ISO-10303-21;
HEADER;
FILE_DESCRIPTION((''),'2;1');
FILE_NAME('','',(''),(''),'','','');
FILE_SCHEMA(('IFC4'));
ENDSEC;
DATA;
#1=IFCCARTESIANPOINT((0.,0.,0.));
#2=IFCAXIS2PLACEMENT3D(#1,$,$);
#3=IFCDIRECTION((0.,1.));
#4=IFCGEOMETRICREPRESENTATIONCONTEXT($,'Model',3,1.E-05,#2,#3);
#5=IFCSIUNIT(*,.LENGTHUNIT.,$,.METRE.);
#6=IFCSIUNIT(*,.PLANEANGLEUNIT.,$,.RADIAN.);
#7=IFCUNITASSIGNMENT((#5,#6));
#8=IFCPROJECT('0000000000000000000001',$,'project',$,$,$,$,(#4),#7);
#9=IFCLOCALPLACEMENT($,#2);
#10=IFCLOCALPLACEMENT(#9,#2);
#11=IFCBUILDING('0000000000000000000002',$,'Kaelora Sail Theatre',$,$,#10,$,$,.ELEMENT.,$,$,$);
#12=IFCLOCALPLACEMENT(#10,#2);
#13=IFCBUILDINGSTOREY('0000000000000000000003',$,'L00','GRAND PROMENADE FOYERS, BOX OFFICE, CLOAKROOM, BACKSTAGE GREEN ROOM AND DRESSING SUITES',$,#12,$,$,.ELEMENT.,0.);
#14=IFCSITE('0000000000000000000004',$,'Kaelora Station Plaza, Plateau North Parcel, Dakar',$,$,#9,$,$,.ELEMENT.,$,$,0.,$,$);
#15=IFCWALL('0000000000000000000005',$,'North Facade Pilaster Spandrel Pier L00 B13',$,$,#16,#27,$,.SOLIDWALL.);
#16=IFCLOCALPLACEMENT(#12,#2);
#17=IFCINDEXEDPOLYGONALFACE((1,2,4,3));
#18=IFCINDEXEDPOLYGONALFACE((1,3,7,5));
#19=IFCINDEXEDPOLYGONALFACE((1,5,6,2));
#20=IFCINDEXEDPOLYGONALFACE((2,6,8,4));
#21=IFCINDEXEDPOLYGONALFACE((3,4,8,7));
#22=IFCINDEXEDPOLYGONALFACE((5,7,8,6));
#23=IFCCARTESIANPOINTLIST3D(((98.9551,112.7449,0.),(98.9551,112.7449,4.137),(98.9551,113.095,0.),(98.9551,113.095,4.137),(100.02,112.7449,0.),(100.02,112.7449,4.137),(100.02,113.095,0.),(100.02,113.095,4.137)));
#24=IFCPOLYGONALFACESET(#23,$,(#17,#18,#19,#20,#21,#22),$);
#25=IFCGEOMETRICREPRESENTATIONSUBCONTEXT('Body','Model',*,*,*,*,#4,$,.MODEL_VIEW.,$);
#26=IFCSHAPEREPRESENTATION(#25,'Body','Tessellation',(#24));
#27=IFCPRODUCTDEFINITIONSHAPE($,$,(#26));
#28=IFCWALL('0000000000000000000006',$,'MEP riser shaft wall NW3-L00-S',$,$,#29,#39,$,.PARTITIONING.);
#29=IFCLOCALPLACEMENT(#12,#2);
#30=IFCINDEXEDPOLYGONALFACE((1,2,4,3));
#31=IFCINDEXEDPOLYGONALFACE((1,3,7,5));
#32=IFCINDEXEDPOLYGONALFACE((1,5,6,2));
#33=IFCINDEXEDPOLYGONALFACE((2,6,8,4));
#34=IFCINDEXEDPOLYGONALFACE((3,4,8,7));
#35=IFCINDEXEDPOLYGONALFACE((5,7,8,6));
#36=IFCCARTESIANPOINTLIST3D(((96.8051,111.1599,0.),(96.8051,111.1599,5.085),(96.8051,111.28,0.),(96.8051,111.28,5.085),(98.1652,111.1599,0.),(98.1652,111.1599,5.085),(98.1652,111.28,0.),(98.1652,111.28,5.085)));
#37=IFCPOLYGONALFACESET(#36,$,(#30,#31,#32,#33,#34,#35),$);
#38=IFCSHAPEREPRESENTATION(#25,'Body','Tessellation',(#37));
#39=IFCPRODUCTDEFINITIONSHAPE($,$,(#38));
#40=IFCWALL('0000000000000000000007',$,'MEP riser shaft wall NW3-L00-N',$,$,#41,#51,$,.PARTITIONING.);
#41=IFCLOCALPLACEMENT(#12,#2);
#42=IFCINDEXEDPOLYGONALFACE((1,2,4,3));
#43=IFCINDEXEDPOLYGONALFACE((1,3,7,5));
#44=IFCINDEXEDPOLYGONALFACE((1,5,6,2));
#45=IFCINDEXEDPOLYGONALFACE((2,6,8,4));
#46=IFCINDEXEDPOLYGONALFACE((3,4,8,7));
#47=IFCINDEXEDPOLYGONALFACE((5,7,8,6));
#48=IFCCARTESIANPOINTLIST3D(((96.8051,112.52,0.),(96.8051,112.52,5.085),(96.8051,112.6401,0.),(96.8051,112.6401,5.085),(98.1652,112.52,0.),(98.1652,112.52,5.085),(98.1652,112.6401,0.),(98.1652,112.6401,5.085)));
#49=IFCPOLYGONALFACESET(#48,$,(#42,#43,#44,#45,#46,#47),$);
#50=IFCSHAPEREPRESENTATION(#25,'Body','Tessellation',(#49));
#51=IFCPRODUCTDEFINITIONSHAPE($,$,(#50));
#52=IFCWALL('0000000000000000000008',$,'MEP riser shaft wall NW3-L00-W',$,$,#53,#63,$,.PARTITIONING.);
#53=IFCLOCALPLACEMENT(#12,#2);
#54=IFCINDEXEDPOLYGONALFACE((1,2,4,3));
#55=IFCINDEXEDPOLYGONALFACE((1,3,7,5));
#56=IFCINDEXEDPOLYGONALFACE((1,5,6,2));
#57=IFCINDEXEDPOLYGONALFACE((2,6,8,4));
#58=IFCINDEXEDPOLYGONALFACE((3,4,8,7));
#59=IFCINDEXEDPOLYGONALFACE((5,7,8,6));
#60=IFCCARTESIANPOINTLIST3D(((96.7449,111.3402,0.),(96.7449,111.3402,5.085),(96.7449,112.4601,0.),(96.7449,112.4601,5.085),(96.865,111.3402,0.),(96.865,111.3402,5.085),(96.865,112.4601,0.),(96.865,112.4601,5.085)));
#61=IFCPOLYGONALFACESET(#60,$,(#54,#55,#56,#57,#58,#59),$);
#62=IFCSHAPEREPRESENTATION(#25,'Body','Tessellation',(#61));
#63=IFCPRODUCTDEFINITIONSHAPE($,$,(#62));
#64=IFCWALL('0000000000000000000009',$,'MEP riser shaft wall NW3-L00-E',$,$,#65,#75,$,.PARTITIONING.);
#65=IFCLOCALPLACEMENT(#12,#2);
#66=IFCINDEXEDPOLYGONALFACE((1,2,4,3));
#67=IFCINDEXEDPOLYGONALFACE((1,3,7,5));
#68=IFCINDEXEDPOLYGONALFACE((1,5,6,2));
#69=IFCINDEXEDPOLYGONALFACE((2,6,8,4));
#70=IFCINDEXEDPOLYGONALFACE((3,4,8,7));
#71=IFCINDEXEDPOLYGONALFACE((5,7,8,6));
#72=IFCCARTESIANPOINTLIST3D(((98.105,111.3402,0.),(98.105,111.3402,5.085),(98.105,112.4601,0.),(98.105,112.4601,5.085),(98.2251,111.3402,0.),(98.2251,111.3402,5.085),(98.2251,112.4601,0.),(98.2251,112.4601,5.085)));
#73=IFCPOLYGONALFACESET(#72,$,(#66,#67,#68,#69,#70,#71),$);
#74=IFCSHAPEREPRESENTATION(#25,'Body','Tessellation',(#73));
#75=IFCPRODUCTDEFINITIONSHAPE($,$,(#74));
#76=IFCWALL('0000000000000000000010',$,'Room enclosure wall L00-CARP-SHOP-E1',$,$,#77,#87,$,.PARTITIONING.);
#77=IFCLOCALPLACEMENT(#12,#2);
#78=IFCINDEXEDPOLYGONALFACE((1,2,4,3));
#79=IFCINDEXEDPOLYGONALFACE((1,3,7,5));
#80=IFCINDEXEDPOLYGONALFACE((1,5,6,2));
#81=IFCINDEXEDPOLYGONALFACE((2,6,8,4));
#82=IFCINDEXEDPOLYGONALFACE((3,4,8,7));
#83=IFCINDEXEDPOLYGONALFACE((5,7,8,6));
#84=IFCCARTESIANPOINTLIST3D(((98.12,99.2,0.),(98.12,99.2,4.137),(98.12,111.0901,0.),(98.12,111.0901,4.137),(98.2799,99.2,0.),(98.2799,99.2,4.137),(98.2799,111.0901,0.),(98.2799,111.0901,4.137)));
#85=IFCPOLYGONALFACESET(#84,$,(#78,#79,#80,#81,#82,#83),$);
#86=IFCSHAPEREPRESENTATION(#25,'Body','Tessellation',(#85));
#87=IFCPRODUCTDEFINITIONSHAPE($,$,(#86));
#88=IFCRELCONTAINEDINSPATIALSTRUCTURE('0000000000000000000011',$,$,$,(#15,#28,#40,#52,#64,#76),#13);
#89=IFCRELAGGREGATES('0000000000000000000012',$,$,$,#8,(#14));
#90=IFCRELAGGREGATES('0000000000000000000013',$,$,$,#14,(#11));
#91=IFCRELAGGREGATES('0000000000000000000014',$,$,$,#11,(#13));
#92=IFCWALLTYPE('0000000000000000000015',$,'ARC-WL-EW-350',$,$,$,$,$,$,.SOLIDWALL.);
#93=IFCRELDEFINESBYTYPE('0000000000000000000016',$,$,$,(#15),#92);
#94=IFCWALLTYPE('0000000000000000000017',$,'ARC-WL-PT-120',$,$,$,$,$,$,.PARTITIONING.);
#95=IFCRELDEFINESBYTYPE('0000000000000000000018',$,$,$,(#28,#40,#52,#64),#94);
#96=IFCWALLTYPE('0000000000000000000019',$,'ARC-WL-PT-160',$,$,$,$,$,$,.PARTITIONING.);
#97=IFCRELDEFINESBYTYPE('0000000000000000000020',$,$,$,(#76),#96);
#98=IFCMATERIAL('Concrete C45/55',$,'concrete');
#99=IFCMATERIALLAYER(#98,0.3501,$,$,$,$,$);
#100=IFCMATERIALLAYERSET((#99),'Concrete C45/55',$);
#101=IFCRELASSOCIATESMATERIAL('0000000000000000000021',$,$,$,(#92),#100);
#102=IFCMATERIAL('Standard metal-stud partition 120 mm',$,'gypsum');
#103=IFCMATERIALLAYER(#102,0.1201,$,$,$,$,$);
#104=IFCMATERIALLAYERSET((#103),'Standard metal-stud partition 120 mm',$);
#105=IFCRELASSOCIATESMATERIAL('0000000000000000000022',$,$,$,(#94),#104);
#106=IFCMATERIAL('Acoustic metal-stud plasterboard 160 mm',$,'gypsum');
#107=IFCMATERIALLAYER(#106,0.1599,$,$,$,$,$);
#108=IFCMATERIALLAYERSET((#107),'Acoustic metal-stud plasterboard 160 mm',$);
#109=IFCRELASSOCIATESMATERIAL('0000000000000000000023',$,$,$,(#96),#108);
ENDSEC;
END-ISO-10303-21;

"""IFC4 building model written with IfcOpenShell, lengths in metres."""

from ifc_helpers import new_model, si_unit, direction, frame, frame_2d, origin, place, context, subcontext, project, spatial, rectangle, extrude, material, layer, layer_set, type_object, element, save


model = new_model("IFC4")

# Units and contexts
model_context = context("Model", 3, precision=1e-05, world=origin(), true_north=direction((0.0, 1.0)))
body_context = subcontext(model_context, "Body", "Model", "MODEL_VIEW")
ifc_project = project(units=[si_unit("LENGTHUNIT", "METRE"), si_unit("PLANEANGLEUNIT", "RADIAN")], contexts=[model_context])

# Site, building, storey
site_placement = place(None, origin())
site = spatial("IfcSite", under=ifc_project, at=site_placement, Name="Kaelora Station Plaza, Plateau North Parcel, Dakar", CompositionType="ELEMENT", RefElevation=0.0)
building_placement = place(site_placement, origin())
building = spatial("IfcBuilding", under=site, at=building_placement, Name="Kaelora Sail Theatre", CompositionType="ELEMENT")
storey_placement = place(building_placement, origin())
storey = spatial("IfcBuildingStorey", under=building, at=storey_placement, Name="L00", Description="GRAND PROMENADE FOYERS, BOX OFFICE, CLOAKROOM, BACKSTAGE GREEN ROOM AND DRESSING SUITES", CompositionType="ELEMENT", Elevation=0.0)

# Shared definitions
ifc_material_1 = material(Name="Concrete C45/55", Category="concrete")
ifc_layer_1 = layer(ifc_material_1, 0.3501)
ifc_layer_set_1 = layer_set([ifc_layer_1], Name="Concrete C45/55")
wall_type_1 = type_object("IfcWallType", Name="ARC-WL-EW-350", PredefinedType="SOLIDWALL", material=ifc_layer_set_1)

# Walls
wall_1_placement = place(storey_placement, frame((98.9551, 112.9199, 0.0), z_axis=(0.0, 0.0, 1.0), x_axis=(1.0, 0.0, 0.0)))
element("IfcWall", 1, at=wall_1_placement, inside=storey, type_object=wall_type_1, Name="North Facade Pilaster Spandrel Pier L00 B13", PredefinedType="SOLIDWALL", context=body_context, shape_type="SweptSolid", body=[
    extrude(rectangle(XDim=1.0649, YDim=0.3501, at=frame_2d((0.5325, 0.0))), origin(), (0.0, 0.0, 1.0), 4.137),
])
ifc_material_2 = material(Name="Standard metal-stud partition 120 mm", Category="gypsum")
ifc_layer_2 = layer(ifc_material_2, 0.1201)
ifc_layer_set_2 = layer_set([ifc_layer_2], Name="Standard metal-stud partition 120 mm")
wall_type_2 = type_object("IfcWallType", Name="ARC-WL-PT-120", PredefinedType="PARTITIONING", material=ifc_layer_set_2)
for number, where, z_axis, x_axis, name in (
    (2, (96.8049, 111.22, 0.0), (0.0, 0.0, 1.0), (1.0, 0.0, 0.0), "MEP riser shaft wall NW3-L00-S"),
    (3, (96.8049, 112.5801, 0.0), (0.0, 0.0, 1.0), (1.0, 0.0, 0.0), "MEP riser shaft wall NW3-L00-N"),
):
    element("IfcWall", number, at=place(storey_placement, frame(where, z_axis=z_axis, x_axis=x_axis)), inside=storey, type_object=wall_type_2, Name=name, PredefinedType="PARTITIONING", context=body_context, shape_type="SweptSolid", body=[
        extrude(rectangle(XDim=1.3601, YDim=0.1201, at=frame_2d((0.6802, 0.0))), origin(), (0.0, 0.0, 1.0), 5.085),
    ])
for number, where, z_axis, x_axis, name in (
    (4, (96.8049, 111.3401, 0.0), (0.0, 0.0, 1.0), (0.0, 1.0, 0.0), "MEP riser shaft wall NW3-L00-W"),
    (5, (98.165, 111.3401, 0.0), (0.0, 0.0, 1.0), (0.0, 1.0, 0.0), "MEP riser shaft wall NW3-L00-E"),
):
    element("IfcWall", number, at=place(storey_placement, frame(where, z_axis=z_axis, x_axis=x_axis)), inside=storey, type_object=wall_type_2, Name=name, PredefinedType="PARTITIONING", context=body_context, shape_type="SweptSolid", body=[
        extrude(rectangle(XDim=1.1199, YDim=0.1201, at=frame_2d((0.5601, 0.0))), origin(), (0.0, 0.0, 1.0), 5.085),
    ])
ifc_material_3 = material(Name="Acoustic metal-stud plasterboard 160 mm", Category="gypsum")
ifc_layer_3 = layer(ifc_material_3, 0.1599)
ifc_layer_set_3 = layer_set([ifc_layer_3], Name="Acoustic metal-stud plasterboard 160 mm")
wall_type_3 = type_object("IfcWallType", Name="ARC-WL-PT-160", PredefinedType="PARTITIONING", material=ifc_layer_set_3)
wall_2_placement = place(storey_placement, frame((98.2, 99.2, 0.0), z_axis=(0.0, 0.0, 1.0), x_axis=(0.0, 1.0, 0.0)))
element("IfcWall", 6, at=wall_2_placement, inside=storey, type_object=wall_type_3, Name="Room enclosure wall L00-CARP-SHOP-E1", PredefinedType="PARTITIONING", context=body_context, shape_type="SweptSolid", body=[
    extrude(rectangle(XDim=11.8901, YDim=0.1599, at=frame_2d((5.9451, 0.0))), origin(), (0.0, 0.0, 1.0), 4.137),
])

save(model, "model.ifc")
